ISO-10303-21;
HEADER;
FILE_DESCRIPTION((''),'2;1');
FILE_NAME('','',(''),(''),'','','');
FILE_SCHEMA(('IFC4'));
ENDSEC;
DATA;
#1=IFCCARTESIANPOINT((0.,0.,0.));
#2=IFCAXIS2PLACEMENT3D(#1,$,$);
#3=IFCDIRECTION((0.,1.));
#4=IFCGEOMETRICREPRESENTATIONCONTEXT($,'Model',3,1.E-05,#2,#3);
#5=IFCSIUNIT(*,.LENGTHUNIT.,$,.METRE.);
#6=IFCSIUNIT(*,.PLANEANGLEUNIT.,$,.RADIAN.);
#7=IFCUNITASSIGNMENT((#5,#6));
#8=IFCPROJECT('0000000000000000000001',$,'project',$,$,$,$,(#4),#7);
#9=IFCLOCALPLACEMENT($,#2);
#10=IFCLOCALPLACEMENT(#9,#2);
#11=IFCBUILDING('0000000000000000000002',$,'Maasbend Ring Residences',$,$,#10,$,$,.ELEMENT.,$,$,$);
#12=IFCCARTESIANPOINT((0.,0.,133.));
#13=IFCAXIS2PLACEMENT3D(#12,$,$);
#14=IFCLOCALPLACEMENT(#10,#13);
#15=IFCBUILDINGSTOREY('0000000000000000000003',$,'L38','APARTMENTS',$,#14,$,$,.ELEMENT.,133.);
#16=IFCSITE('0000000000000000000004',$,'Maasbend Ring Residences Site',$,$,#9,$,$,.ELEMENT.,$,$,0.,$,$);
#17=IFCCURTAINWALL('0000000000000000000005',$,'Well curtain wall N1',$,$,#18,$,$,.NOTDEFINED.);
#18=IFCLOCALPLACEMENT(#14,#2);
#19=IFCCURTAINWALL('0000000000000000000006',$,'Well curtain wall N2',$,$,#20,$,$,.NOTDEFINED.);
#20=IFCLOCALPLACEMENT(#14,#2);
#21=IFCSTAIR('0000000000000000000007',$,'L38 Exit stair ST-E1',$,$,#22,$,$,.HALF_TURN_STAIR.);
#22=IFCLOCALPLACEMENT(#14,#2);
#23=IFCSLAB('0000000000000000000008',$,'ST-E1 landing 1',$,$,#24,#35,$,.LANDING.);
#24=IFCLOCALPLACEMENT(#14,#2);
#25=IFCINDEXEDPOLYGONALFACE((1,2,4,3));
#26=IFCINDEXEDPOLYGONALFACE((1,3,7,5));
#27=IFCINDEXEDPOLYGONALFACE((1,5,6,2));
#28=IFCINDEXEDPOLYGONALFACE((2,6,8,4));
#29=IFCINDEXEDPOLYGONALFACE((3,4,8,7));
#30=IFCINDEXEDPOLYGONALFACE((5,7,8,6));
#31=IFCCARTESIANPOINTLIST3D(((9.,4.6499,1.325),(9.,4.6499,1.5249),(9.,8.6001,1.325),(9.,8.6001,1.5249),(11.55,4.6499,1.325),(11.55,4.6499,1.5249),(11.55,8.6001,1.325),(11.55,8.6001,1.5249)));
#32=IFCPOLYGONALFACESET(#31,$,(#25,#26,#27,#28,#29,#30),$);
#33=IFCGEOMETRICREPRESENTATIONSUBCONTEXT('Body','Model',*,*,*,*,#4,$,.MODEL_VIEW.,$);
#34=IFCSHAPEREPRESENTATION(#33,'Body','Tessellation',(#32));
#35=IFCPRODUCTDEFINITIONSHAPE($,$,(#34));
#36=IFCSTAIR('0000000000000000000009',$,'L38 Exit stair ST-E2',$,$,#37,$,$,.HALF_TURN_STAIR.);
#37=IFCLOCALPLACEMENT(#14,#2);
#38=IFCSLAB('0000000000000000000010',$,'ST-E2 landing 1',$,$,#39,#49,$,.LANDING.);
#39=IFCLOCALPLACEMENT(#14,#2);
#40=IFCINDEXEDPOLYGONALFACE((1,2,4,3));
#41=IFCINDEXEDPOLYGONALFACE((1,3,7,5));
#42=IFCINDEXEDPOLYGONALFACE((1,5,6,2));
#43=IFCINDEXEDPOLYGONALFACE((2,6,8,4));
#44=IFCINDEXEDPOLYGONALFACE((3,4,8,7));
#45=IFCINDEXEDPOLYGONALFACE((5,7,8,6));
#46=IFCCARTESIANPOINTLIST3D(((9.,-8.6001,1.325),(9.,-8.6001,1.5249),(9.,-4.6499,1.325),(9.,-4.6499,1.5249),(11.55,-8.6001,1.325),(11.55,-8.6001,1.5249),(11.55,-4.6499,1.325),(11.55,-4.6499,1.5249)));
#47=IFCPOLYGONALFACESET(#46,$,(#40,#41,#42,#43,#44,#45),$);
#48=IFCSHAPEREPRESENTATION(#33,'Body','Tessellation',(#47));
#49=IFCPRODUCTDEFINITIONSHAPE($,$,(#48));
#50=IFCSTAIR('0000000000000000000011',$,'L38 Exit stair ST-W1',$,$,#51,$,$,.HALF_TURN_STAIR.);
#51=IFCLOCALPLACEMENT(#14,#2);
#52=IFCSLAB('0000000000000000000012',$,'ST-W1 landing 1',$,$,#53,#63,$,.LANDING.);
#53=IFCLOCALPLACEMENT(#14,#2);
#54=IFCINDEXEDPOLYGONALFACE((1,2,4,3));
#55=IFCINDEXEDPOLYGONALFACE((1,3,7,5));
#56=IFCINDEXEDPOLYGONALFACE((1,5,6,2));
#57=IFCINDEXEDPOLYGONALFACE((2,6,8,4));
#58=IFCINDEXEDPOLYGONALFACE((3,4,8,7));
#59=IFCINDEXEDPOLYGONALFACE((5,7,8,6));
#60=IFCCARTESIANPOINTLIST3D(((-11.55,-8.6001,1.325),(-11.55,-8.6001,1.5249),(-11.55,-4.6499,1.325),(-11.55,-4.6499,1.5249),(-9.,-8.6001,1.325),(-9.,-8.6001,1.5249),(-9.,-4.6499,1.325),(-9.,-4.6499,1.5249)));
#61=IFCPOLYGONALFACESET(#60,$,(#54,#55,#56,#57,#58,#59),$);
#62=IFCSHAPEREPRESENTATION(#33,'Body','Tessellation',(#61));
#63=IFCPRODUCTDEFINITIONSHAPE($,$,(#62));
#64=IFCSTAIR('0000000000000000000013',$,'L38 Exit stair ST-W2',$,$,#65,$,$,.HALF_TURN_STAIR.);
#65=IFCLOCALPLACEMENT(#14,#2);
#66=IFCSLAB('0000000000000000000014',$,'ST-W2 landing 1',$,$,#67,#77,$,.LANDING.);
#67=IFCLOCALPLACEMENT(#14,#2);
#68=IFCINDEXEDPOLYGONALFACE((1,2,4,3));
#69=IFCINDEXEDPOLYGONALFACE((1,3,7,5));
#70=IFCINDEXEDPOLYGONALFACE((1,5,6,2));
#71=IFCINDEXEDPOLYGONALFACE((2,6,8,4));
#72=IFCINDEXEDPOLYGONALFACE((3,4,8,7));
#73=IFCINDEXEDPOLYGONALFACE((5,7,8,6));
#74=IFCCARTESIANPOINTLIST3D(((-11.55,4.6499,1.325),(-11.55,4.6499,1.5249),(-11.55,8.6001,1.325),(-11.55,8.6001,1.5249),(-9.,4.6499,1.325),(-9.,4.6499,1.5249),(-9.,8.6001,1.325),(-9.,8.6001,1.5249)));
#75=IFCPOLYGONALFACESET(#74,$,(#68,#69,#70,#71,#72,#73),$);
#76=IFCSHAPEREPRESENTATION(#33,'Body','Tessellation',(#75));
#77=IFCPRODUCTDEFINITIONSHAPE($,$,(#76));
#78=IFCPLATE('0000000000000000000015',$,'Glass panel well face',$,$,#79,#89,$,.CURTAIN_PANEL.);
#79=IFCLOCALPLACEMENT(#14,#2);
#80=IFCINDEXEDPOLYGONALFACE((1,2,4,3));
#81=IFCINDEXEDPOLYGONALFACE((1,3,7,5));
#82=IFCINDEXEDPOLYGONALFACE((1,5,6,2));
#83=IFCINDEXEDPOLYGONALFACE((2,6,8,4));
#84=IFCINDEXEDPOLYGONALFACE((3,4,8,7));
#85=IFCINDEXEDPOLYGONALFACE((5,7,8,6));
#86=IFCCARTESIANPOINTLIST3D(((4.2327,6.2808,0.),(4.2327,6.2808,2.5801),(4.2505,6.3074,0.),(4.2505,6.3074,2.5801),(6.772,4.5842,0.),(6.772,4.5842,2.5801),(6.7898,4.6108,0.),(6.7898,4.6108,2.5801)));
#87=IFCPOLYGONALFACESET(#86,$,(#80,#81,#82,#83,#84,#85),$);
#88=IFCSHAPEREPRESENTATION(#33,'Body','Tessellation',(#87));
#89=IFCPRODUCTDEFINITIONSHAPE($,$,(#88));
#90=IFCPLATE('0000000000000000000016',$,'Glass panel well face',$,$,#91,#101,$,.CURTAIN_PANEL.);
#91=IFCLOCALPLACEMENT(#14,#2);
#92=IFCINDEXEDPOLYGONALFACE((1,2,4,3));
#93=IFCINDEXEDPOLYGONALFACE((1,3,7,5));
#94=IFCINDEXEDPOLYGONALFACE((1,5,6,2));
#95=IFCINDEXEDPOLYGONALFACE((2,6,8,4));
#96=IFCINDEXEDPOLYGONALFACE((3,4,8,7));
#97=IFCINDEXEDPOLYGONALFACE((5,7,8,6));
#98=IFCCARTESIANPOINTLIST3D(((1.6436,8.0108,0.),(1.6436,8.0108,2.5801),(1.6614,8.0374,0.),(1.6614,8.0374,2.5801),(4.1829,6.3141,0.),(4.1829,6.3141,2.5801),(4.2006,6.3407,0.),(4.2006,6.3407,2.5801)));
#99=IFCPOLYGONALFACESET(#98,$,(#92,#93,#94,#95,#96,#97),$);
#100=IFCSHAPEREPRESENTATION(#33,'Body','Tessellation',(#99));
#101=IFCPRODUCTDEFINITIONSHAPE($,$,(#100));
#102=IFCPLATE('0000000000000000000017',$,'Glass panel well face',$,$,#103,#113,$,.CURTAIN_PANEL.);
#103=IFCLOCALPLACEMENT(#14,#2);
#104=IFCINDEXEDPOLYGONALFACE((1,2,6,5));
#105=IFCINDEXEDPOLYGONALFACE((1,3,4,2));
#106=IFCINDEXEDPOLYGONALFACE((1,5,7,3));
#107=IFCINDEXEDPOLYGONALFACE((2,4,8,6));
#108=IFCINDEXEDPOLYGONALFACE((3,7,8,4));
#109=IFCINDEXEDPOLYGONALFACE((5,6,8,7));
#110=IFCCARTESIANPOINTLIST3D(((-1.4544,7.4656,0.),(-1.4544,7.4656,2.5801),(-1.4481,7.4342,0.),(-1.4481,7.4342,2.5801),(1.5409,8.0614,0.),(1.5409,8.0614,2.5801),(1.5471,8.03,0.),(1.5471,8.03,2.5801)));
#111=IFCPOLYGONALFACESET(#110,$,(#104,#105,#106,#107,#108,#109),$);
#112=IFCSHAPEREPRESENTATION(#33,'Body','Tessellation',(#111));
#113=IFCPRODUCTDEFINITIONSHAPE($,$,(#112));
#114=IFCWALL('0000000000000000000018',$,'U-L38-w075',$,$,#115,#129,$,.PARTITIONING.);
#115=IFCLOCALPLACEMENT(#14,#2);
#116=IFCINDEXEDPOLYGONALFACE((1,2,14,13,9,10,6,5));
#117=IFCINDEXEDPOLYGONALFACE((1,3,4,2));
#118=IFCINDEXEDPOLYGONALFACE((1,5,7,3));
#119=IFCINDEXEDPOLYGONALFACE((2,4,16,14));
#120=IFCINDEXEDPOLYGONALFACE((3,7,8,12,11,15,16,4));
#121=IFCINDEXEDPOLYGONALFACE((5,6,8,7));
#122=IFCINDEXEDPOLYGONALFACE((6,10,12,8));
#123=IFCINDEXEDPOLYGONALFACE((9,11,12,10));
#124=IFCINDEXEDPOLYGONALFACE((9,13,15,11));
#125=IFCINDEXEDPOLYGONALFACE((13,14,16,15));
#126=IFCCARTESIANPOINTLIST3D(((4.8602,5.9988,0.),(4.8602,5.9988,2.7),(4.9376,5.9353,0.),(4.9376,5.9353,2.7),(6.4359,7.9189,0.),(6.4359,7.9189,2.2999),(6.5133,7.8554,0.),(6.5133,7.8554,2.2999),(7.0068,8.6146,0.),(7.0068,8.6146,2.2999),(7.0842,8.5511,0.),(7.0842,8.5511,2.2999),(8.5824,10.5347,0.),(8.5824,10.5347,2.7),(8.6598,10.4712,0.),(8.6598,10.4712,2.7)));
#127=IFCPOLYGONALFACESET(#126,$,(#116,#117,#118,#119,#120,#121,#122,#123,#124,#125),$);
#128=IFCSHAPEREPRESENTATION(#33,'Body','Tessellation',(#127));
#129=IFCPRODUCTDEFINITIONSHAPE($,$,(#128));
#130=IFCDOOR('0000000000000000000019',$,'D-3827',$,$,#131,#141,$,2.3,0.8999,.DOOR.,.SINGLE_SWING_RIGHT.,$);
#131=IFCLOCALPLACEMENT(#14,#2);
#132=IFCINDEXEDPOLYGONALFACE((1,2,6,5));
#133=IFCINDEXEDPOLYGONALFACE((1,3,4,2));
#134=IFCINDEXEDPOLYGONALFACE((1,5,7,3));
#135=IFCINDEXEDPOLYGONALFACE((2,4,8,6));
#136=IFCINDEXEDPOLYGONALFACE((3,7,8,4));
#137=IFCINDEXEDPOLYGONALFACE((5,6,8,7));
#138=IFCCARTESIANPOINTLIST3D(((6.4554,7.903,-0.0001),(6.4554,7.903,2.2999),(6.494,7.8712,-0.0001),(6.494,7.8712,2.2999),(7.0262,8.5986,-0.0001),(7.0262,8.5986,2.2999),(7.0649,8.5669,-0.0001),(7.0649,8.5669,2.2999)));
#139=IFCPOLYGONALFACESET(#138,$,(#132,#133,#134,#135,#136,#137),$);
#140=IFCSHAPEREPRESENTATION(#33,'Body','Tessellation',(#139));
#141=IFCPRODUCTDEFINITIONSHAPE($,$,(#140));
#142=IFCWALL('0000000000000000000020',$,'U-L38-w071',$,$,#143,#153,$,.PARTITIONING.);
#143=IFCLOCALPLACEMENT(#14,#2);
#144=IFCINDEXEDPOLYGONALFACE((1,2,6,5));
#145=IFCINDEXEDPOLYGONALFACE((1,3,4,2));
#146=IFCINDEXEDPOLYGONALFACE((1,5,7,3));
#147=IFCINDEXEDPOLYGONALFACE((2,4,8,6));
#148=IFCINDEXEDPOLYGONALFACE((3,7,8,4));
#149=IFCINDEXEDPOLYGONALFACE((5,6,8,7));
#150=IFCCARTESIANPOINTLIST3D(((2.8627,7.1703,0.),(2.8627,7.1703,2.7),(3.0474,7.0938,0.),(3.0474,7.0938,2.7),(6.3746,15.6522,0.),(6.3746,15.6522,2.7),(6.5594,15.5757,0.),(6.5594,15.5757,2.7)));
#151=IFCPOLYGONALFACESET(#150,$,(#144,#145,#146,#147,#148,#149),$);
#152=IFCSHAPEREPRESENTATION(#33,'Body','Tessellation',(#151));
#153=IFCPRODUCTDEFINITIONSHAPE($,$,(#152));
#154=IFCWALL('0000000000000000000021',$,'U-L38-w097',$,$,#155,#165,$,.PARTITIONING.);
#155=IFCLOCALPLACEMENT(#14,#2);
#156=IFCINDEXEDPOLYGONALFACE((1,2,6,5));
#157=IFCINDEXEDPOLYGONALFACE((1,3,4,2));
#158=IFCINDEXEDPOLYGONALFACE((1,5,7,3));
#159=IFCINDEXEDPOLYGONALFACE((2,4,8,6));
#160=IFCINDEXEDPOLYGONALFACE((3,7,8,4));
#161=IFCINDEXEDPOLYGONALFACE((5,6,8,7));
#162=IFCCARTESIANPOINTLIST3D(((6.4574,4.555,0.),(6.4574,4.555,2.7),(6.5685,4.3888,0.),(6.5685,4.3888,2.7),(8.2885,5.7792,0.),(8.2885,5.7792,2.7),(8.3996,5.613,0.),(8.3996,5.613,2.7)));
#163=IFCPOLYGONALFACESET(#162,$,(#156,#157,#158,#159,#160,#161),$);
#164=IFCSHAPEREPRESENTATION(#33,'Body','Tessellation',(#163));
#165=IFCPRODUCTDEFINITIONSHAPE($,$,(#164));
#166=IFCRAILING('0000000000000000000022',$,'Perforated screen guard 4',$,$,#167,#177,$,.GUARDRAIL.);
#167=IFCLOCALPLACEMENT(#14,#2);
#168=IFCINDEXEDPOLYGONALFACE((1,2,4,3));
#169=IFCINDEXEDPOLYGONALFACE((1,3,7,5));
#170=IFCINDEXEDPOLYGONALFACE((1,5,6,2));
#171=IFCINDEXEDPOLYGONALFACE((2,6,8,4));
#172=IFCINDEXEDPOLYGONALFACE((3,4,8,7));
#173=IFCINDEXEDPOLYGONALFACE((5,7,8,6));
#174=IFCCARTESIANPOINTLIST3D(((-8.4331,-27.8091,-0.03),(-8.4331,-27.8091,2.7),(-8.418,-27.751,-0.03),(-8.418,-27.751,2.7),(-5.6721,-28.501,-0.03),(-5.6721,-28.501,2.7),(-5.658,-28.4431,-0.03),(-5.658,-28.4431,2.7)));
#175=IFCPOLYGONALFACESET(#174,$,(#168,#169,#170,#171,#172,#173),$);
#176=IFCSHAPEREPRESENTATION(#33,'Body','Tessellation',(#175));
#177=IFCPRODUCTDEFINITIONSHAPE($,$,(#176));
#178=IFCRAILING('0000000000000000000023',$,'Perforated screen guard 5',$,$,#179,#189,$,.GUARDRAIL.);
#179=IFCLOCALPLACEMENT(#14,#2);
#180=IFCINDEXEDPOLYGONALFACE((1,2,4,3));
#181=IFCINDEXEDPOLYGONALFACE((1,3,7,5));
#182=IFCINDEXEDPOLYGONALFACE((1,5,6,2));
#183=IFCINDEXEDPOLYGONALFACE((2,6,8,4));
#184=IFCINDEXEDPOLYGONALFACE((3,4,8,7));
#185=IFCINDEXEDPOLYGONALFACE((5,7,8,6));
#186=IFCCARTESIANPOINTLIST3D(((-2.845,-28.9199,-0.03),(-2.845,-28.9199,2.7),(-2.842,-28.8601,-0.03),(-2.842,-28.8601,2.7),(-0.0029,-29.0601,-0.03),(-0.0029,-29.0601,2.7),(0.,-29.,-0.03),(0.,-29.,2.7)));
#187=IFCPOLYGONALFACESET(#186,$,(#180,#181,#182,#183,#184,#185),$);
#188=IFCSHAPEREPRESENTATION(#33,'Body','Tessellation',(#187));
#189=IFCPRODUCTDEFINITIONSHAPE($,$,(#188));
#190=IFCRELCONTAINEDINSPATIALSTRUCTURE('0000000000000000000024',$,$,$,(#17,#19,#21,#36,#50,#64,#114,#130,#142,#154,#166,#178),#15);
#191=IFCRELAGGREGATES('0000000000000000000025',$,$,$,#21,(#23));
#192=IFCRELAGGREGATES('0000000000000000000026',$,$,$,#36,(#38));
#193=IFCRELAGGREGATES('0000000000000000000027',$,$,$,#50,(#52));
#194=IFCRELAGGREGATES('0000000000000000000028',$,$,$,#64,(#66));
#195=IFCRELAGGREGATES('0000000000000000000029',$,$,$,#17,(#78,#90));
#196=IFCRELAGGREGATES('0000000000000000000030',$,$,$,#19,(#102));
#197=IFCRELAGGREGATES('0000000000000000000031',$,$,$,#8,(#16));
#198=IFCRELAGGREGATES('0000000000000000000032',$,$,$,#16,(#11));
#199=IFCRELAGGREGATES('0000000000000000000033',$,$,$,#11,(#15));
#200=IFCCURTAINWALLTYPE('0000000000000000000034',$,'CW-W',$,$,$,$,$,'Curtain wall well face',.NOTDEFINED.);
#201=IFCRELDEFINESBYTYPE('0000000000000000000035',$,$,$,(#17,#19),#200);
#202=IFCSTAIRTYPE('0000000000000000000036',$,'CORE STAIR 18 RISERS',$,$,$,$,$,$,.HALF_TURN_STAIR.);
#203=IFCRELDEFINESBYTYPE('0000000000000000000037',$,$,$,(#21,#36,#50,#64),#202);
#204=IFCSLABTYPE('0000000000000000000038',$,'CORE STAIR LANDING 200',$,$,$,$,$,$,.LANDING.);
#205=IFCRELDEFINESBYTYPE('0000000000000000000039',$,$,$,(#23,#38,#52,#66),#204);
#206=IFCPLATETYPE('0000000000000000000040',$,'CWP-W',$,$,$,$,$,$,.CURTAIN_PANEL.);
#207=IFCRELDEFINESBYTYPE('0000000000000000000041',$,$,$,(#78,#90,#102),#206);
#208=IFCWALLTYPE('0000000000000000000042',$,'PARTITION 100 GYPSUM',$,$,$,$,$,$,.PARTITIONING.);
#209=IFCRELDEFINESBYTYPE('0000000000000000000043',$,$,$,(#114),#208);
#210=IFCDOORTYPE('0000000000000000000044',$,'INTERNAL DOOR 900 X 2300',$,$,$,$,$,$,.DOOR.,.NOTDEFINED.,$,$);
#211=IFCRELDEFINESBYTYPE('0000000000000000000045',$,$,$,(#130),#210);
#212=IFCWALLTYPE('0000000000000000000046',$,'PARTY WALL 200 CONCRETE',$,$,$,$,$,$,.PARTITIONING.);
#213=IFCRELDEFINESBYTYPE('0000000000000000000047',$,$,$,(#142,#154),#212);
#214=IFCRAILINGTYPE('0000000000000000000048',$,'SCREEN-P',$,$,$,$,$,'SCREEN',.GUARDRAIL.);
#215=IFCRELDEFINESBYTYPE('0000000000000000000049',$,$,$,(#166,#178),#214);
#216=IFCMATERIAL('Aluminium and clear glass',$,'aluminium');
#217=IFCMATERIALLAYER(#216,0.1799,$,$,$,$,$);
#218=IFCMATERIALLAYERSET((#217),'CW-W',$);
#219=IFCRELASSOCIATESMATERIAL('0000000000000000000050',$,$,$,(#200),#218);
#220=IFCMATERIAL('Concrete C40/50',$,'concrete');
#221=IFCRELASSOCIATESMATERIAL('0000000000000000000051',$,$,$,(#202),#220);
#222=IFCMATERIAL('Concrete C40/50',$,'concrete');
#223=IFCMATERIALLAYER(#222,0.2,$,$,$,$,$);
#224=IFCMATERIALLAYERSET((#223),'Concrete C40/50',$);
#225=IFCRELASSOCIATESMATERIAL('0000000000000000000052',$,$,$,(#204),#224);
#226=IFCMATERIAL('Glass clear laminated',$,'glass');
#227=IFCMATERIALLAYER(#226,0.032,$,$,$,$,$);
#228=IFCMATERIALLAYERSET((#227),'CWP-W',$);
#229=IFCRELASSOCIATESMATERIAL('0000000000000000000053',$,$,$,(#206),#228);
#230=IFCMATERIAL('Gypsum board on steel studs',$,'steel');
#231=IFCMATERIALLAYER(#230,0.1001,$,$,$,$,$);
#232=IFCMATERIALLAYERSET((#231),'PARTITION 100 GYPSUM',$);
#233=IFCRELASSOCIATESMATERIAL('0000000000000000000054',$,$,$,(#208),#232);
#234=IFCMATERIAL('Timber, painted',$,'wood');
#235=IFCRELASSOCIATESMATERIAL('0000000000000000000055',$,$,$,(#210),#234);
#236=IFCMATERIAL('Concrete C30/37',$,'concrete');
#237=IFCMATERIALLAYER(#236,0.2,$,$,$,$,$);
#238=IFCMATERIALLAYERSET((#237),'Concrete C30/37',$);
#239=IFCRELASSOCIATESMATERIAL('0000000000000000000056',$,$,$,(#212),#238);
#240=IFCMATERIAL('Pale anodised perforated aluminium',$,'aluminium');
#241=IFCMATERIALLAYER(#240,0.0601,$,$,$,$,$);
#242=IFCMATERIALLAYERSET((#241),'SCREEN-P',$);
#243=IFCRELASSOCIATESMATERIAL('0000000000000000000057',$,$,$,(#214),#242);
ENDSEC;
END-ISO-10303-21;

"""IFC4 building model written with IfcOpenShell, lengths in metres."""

from ifc_helpers import new_model, si_unit, direction, frame, frame_2d, origin, origin_2d, place, context, subcontext, project, spatial, polyline, rectangle, outline, extrude, material, layer, layer_set, type_object, element, fill, aggregate, save


model = new_model("IFC4")

# Units and contexts
model_context = context("Model", 3, precision=1e-05, world=origin(), true_north=direction((0.0, 1.0)))
body_context = subcontext(model_context, "Body", "Model", "MODEL_VIEW")
ifc_project = project(units=[si_unit("LENGTHUNIT", "METRE"), si_unit("PLANEANGLEUNIT", "RADIAN")], contexts=[model_context])

# Site, building, storey
site_placement = place(None, origin())
site = spatial("IfcSite", under=ifc_project, at=site_placement, Name="Maasbend Ring Residences Site", CompositionType="ELEMENT", RefElevation=0.0)
building_placement = place(site_placement, origin())
building = spatial("IfcBuilding", under=site, at=building_placement, Name="Maasbend Ring Residences", CompositionType="ELEMENT")
storey_placement = place(building_placement, frame((0.0, 0.0, 133.0)))
storey = spatial("IfcBuildingStorey", under=building, at=storey_placement, Name="L38", Description="APARTMENTS", CompositionType="ELEMENT", Elevation=133.0)

# Curtain wall
ifc_material_1 = material(Name="Aluminium and clear glass", Category="aluminium")
ifc_layer_1 = layer(ifc_material_1, 0.1799)
ifc_layer_set_1 = layer_set([ifc_layer_1], Name="CW-W")
curtain_wall_type = type_object("IfcCurtainWallType", Name="CW-W", ElementType="Curtain wall well face", PredefinedType="NOTDEFINED", material=ifc_layer_set_1)
curtain_wall_1_placement = place(storey_placement, origin())
curtain_wall_1 = element("IfcCurtainWall", 1, at=curtain_wall_1_placement, inside=storey, type_object=curtain_wall_type, Name="Well curtain wall N1", PredefinedType="NOTDEFINED")

# Curtain wall
curtain_wall_2_placement = place(storey_placement, origin())
curtain_wall_2 = element("IfcCurtainWall", 2, at=curtain_wall_2_placement, inside=storey, type_object=curtain_wall_type, Name="Well curtain wall N2", PredefinedType="NOTDEFINED")

# Stairs, slabs
ifc_material_2 = material(Name="Concrete C40/50", Category="concrete")
stair_type = type_object("IfcStairType", Name="CORE STAIR 18 RISERS", PredefinedType="HALF_TURN_STAIR", material=ifc_material_2)
stair_1_placement = place(storey_placement, origin())
stair_1 = element("IfcStair", 3, at=stair_1_placement, inside=storey, type_object=stair_type, Name="L38 Exit stair ST-E1", PredefinedType="HALF_TURN_STAIR")
ifc_material_3 = material(Name="Concrete C40/50", Category="concrete")
ifc_layer_2 = layer(ifc_material_3, 0.2)
ifc_layer_set_2 = layer_set([ifc_layer_2], Name="Concrete C40/50")
slab_type = type_object("IfcSlabType", Name="CORE STAIR LANDING 200", PredefinedType="LANDING", material=ifc_layer_set_2)
slab_1_placement = place(storey_placement, frame((0.0, 0.0, 1.325)))
slab_1 = element("IfcSlab", 4, at=slab_1_placement, type_object=slab_type, Name="ST-E1 landing 1", PredefinedType="LANDING", context=body_context, shape_type="SweptSolid", body=[
    extrude(outline(polyline([(11.55, 8.6001), (9.0, 8.6001), (9.0, 4.6499), (11.55, 4.6499), (11.55, 8.6001)])), origin(), (0.0, 0.0, 1.0), 0.2),
])
aggregate(stair_1, [slab_1])
stair_2_placement = place(storey_placement, origin())
stair_2 = element("IfcStair", 5, at=stair_2_placement, inside=storey, type_object=stair_type, Name="L38 Exit stair ST-E2", PredefinedType="HALF_TURN_STAIR")
slab_2_placement = place(storey_placement, frame((0.0, 0.0, 1.325)))
slab_2 = element("IfcSlab", 6, at=slab_2_placement, type_object=slab_type, Name="ST-E2 landing 1", PredefinedType="LANDING", context=body_context, shape_type="SweptSolid", body=[
    extrude(outline(polyline([(11.55, -4.6499), (9.0, -4.6499), (9.0, -8.6001), (11.55, -8.6001), (11.55, -4.6499)])), origin(), (0.0, 0.0, 1.0), 0.2),
])
aggregate(stair_2, [slab_2])
stair_3_placement = place(storey_placement, origin())
stair_3 = element("IfcStair", 7, at=stair_3_placement, inside=storey, type_object=stair_type, Name="L38 Exit stair ST-W1", PredefinedType="HALF_TURN_STAIR")
slab_3_placement = place(storey_placement, frame((0.0, 0.0, 1.325)))
slab_3 = element("IfcSlab", 8, at=slab_3_placement, type_object=slab_type, Name="ST-W1 landing 1", PredefinedType="LANDING", context=body_context, shape_type="SweptSolid", body=[
    extrude(outline(polyline([(-11.55, -8.6001), (-9.0, -8.6001), (-9.0, -4.6499), (-11.55, -4.6499), (-11.55, -8.6001)])), origin(), (0.0, 0.0, 1.0), 0.2),
])
aggregate(stair_3, [slab_3])
stair_4_placement = place(storey_placement, origin())
stair_4 = element("IfcStair", 9, at=stair_4_placement, inside=storey, type_object=stair_type, Name="L38 Exit stair ST-W2", PredefinedType="HALF_TURN_STAIR")
slab_4_placement = place(storey_placement, frame((0.0, 0.0, 1.325)))
slab_4 = element("IfcSlab", 10, at=slab_4_placement, type_object=slab_type, Name="ST-W2 landing 1", PredefinedType="LANDING", context=body_context, shape_type="SweptSolid", body=[
    extrude(outline(polyline([(-11.55, 4.6499), (-9.0, 4.6499), (-9.0, 8.6001), (-11.55, 8.6001), (-11.55, 4.6499)])), origin(), (0.0, 0.0, 1.0), 0.2),
])
aggregate(stair_4, [slab_4])

# Plates
ifc_material_4 = material(Name="Glass clear laminated", Category="glass")
ifc_layer_3 = layer(ifc_material_4, 0.032)
ifc_layer_set_3 = layer_set([ifc_layer_3], Name="CWP-W")
plate_type = type_object("IfcPlateType", Name="CWP-W", PredefinedType="CURTAIN_PANEL", material=ifc_layer_set_3)
plate_1_placement = place(storey_placement, frame((5.5112, 5.4458, 0.0), z_axis=(0.0, 0.0, 1.0), x_axis=(-0.83147, 0.55557, 0.0)))
plate_1 = element("IfcPlate", 11, at=plate_1_placement, type_object=plate_type, Name="Glass panel well face", PredefinedType="CURTAIN_PANEL", context=body_context, shape_type="SweptSolid", body=[
    extrude(rectangle(XDim=3.054, YDim=0.032, at=origin_2d()), origin(), (0.0, 0.0, 1.0), 2.5801),
])
plate_2_placement = place(storey_placement, frame((2.9221, 7.1758, 0.0), z_axis=(0.0, 0.0, 1.0), x_axis=(-0.83147, 0.55557, 0.0)))
plate_2 = element("IfcPlate", 12, at=plate_2_placement, type_object=plate_type, Name="Glass panel well face", PredefinedType="CURTAIN_PANEL", context=body_context, shape_type="SweptSolid", body=[
    extrude(rectangle(XDim=3.054, YDim=0.032, at=origin_2d()), origin(), (0.0, 0.0, 1.0), 2.5801),
])
aggregate(curtain_wall_1, [plate_1, plate_2])
plate_3_placement = place(storey_placement, frame((0.0464, 7.7478, 0.0), z_axis=(0.0, 0.0, 1.0), x_axis=(-0.980785, -0.19509, 0.0)))
plate_3 = element("IfcPlate", 13, at=plate_3_placement, type_object=plate_type, Name="Glass panel well face", PredefinedType="CURTAIN_PANEL", context=body_context, shape_type="SweptSolid", body=[
    extrude(rectangle(XDim=3.054, YDim=0.032, at=origin_2d()), origin(), (0.0, 0.0, 1.0), 2.5801),
])
aggregate(curtain_wall_2, [plate_3])

# Wall, opening, door
ifc_material_5 = material(Name="Gypsum board on steel studs", Category="steel")
ifc_layer_4 = layer(ifc_material_5, 0.1001)
ifc_layer_set_4 = layer_set([ifc_layer_4], Name="PARTITION 100 GYPSUM")
wall_type_1 = type_object("IfcWallType", Name="PARTITION 100 GYPSUM", PredefinedType="PARTITIONING", material=ifc_layer_set_4)
wall_1_placement = place(storey_placement, frame((4.8989, 5.967, 0.0), z_axis=(0.0, 0.0, 1.0), x_axis=(0.634359, 0.773039, 0.0)))
wall_1 = element("IfcWall", 14, at=wall_1_placement, inside=storey, type_object=wall_type_1, Name="U-L38-w075", PredefinedType="PARTITIONING", context=body_context, shape_type="SweptSolid", body=[
    extrude(rectangle(XDim=5.8677, YDim=0.1001, at=frame_2d((2.9338, 0.0))), origin(), (0.0, 0.0, 1.0), 2.7),
])
opening_placement = place(wall_1_placement, frame((2.4839, 0.0, 0.0)))
opening = element("IfcOpeningElement", 15, at=opening_placement, cuts=wall_1, PredefinedType="OPENING", context=body_context, shape_type="SweptSolid", body=[
    extrude(rectangle(XDim=0.8999, YDim=2.3, at=frame_2d((0.45, 1.1499))), frame((0.0, 0.0601, 0.0), z_axis=(0.0, -1.0, 0.0), x_axis=(1.0, 0.0, 0.0)), (0.0, 0.0, 1.0), 0.1201),
])
ifc_material_6 = material(Name="Timber, painted", Category="wood")
door_type = type_object("IfcDoorType", Name="INTERNAL DOOR 900 X 2300", OperationType="NOTDEFINED", PredefinedType="DOOR", material=ifc_material_6)
door_placement = place(opening_placement, origin())
door = element("IfcDoor", 16, at=door_placement, inside=storey, type_object=door_type, Name="D-3827", OperationType="SINGLE_SWING_RIGHT", OverallHeight=2.3, OverallWidth=0.8999, PredefinedType="DOOR", context=body_context, shape_type="SweptSolid", body=[
    extrude(rectangle(XDim=0.8999, YDim=2.3, at=frame_2d((0.45, 1.1499))), frame((0.0, 0.0249, 0.0), z_axis=(0.0, -1.0, 0.0), x_axis=(1.0, 0.0, 0.0)), (0.0, 0.0, 1.0), 0.05),
])
fill(opening, door)

# Walls
ifc_material_7 = material(Name="Concrete C30/37", Category="concrete")
ifc_layer_5 = layer(ifc_material_7, 0.2)
ifc_layer_set_5 = layer_set([ifc_layer_5], Name="Concrete C30/37")
wall_type_2 = type_object("IfcWallType", Name="PARTY WALL 200 CONCRETE", PredefinedType="PARTITIONING", material=ifc_layer_set_5)
wall_2_placement = place(storey_placement, frame((2.9551, 7.1321, 0.0), z_axis=(0.0, 0.0, 1.0), x_axis=(0.382556, 0.923932, 0.0)))
element("IfcWall", 17, at=wall_2_placement, inside=storey, type_object=wall_type_2, Name="U-L38-w071", PredefinedType="PARTITIONING", context=body_context, shape_type="SweptSolid", body=[
    extrude(rectangle(XDim=9.1802, YDim=0.2, at=frame_2d((4.5901, 0.0))), origin(), (0.0, 0.0, 1.0), 2.7),
])
wall_3_placement = place(storey_placement, frame((6.5129, 4.4719, 0.0), z_axis=(0.0, 0.0, 1.0), x_axis=(0.831333, 0.555774, 0.0)))
element("IfcWall", 18, at=wall_3_placement, inside=storey, type_object=wall_type_2, Name="U-L38-w097", PredefinedType="PARTITIONING", context=body_context, shape_type="SweptSolid", body=[
    extrude(rectangle(XDim=2.2026, YDim=0.2, at=frame_2d((1.1013, 0.0))), origin(), (0.0, 0.0, 1.0), 2.7),
])

# Railings
ifc_material_8 = material(Name="Pale anodised perforated aluminium", Category="aluminium")
ifc_layer_6 = layer(ifc_material_8, 0.0601)
ifc_layer_set_6 = layer_set([ifc_layer_6], Name="SCREEN-P")
railing_type = type_object("IfcRailingType", Name="SCREEN-P", ElementType="SCREEN", PredefinedType="GUARDRAIL", material=ifc_layer_set_6)
railing_1_placement = place(storey_placement, frame((0.0, 0.0, -0.03)))
element("IfcRailing", 19, at=railing_1_placement, inside=storey, type_object=railing_type, Name="Perforated screen guard 4", PredefinedType="GUARDRAIL", context=body_context, shape_type="SweptSolid", body=[
    extrude(outline(polyline([(-8.418, -27.751), (-5.658, -28.4431), (-5.6721, -28.501), (-8.4331, -27.8091), (-8.418, -27.751)])), origin(), (0.0, 0.0, 1.0), 2.73),
])
railing_2_placement = place(storey_placement, frame((0.0, 0.0, -0.03)))
element("IfcRailing", 20, at=railing_2_placement, inside=storey, type_object=railing_type, Name="Perforated screen guard 5", PredefinedType="GUARDRAIL", context=body_context, shape_type="SweptSolid", body=[
    extrude(outline(polyline([(-2.842, -28.8601), (0.0, -29.0), (-0.0029, -29.0601), (-2.845, -28.9199), (-2.842, -28.8601)])), origin(), (0.0, 0.0, 1.0), 2.73),
])

save(model, "model.ifc")
